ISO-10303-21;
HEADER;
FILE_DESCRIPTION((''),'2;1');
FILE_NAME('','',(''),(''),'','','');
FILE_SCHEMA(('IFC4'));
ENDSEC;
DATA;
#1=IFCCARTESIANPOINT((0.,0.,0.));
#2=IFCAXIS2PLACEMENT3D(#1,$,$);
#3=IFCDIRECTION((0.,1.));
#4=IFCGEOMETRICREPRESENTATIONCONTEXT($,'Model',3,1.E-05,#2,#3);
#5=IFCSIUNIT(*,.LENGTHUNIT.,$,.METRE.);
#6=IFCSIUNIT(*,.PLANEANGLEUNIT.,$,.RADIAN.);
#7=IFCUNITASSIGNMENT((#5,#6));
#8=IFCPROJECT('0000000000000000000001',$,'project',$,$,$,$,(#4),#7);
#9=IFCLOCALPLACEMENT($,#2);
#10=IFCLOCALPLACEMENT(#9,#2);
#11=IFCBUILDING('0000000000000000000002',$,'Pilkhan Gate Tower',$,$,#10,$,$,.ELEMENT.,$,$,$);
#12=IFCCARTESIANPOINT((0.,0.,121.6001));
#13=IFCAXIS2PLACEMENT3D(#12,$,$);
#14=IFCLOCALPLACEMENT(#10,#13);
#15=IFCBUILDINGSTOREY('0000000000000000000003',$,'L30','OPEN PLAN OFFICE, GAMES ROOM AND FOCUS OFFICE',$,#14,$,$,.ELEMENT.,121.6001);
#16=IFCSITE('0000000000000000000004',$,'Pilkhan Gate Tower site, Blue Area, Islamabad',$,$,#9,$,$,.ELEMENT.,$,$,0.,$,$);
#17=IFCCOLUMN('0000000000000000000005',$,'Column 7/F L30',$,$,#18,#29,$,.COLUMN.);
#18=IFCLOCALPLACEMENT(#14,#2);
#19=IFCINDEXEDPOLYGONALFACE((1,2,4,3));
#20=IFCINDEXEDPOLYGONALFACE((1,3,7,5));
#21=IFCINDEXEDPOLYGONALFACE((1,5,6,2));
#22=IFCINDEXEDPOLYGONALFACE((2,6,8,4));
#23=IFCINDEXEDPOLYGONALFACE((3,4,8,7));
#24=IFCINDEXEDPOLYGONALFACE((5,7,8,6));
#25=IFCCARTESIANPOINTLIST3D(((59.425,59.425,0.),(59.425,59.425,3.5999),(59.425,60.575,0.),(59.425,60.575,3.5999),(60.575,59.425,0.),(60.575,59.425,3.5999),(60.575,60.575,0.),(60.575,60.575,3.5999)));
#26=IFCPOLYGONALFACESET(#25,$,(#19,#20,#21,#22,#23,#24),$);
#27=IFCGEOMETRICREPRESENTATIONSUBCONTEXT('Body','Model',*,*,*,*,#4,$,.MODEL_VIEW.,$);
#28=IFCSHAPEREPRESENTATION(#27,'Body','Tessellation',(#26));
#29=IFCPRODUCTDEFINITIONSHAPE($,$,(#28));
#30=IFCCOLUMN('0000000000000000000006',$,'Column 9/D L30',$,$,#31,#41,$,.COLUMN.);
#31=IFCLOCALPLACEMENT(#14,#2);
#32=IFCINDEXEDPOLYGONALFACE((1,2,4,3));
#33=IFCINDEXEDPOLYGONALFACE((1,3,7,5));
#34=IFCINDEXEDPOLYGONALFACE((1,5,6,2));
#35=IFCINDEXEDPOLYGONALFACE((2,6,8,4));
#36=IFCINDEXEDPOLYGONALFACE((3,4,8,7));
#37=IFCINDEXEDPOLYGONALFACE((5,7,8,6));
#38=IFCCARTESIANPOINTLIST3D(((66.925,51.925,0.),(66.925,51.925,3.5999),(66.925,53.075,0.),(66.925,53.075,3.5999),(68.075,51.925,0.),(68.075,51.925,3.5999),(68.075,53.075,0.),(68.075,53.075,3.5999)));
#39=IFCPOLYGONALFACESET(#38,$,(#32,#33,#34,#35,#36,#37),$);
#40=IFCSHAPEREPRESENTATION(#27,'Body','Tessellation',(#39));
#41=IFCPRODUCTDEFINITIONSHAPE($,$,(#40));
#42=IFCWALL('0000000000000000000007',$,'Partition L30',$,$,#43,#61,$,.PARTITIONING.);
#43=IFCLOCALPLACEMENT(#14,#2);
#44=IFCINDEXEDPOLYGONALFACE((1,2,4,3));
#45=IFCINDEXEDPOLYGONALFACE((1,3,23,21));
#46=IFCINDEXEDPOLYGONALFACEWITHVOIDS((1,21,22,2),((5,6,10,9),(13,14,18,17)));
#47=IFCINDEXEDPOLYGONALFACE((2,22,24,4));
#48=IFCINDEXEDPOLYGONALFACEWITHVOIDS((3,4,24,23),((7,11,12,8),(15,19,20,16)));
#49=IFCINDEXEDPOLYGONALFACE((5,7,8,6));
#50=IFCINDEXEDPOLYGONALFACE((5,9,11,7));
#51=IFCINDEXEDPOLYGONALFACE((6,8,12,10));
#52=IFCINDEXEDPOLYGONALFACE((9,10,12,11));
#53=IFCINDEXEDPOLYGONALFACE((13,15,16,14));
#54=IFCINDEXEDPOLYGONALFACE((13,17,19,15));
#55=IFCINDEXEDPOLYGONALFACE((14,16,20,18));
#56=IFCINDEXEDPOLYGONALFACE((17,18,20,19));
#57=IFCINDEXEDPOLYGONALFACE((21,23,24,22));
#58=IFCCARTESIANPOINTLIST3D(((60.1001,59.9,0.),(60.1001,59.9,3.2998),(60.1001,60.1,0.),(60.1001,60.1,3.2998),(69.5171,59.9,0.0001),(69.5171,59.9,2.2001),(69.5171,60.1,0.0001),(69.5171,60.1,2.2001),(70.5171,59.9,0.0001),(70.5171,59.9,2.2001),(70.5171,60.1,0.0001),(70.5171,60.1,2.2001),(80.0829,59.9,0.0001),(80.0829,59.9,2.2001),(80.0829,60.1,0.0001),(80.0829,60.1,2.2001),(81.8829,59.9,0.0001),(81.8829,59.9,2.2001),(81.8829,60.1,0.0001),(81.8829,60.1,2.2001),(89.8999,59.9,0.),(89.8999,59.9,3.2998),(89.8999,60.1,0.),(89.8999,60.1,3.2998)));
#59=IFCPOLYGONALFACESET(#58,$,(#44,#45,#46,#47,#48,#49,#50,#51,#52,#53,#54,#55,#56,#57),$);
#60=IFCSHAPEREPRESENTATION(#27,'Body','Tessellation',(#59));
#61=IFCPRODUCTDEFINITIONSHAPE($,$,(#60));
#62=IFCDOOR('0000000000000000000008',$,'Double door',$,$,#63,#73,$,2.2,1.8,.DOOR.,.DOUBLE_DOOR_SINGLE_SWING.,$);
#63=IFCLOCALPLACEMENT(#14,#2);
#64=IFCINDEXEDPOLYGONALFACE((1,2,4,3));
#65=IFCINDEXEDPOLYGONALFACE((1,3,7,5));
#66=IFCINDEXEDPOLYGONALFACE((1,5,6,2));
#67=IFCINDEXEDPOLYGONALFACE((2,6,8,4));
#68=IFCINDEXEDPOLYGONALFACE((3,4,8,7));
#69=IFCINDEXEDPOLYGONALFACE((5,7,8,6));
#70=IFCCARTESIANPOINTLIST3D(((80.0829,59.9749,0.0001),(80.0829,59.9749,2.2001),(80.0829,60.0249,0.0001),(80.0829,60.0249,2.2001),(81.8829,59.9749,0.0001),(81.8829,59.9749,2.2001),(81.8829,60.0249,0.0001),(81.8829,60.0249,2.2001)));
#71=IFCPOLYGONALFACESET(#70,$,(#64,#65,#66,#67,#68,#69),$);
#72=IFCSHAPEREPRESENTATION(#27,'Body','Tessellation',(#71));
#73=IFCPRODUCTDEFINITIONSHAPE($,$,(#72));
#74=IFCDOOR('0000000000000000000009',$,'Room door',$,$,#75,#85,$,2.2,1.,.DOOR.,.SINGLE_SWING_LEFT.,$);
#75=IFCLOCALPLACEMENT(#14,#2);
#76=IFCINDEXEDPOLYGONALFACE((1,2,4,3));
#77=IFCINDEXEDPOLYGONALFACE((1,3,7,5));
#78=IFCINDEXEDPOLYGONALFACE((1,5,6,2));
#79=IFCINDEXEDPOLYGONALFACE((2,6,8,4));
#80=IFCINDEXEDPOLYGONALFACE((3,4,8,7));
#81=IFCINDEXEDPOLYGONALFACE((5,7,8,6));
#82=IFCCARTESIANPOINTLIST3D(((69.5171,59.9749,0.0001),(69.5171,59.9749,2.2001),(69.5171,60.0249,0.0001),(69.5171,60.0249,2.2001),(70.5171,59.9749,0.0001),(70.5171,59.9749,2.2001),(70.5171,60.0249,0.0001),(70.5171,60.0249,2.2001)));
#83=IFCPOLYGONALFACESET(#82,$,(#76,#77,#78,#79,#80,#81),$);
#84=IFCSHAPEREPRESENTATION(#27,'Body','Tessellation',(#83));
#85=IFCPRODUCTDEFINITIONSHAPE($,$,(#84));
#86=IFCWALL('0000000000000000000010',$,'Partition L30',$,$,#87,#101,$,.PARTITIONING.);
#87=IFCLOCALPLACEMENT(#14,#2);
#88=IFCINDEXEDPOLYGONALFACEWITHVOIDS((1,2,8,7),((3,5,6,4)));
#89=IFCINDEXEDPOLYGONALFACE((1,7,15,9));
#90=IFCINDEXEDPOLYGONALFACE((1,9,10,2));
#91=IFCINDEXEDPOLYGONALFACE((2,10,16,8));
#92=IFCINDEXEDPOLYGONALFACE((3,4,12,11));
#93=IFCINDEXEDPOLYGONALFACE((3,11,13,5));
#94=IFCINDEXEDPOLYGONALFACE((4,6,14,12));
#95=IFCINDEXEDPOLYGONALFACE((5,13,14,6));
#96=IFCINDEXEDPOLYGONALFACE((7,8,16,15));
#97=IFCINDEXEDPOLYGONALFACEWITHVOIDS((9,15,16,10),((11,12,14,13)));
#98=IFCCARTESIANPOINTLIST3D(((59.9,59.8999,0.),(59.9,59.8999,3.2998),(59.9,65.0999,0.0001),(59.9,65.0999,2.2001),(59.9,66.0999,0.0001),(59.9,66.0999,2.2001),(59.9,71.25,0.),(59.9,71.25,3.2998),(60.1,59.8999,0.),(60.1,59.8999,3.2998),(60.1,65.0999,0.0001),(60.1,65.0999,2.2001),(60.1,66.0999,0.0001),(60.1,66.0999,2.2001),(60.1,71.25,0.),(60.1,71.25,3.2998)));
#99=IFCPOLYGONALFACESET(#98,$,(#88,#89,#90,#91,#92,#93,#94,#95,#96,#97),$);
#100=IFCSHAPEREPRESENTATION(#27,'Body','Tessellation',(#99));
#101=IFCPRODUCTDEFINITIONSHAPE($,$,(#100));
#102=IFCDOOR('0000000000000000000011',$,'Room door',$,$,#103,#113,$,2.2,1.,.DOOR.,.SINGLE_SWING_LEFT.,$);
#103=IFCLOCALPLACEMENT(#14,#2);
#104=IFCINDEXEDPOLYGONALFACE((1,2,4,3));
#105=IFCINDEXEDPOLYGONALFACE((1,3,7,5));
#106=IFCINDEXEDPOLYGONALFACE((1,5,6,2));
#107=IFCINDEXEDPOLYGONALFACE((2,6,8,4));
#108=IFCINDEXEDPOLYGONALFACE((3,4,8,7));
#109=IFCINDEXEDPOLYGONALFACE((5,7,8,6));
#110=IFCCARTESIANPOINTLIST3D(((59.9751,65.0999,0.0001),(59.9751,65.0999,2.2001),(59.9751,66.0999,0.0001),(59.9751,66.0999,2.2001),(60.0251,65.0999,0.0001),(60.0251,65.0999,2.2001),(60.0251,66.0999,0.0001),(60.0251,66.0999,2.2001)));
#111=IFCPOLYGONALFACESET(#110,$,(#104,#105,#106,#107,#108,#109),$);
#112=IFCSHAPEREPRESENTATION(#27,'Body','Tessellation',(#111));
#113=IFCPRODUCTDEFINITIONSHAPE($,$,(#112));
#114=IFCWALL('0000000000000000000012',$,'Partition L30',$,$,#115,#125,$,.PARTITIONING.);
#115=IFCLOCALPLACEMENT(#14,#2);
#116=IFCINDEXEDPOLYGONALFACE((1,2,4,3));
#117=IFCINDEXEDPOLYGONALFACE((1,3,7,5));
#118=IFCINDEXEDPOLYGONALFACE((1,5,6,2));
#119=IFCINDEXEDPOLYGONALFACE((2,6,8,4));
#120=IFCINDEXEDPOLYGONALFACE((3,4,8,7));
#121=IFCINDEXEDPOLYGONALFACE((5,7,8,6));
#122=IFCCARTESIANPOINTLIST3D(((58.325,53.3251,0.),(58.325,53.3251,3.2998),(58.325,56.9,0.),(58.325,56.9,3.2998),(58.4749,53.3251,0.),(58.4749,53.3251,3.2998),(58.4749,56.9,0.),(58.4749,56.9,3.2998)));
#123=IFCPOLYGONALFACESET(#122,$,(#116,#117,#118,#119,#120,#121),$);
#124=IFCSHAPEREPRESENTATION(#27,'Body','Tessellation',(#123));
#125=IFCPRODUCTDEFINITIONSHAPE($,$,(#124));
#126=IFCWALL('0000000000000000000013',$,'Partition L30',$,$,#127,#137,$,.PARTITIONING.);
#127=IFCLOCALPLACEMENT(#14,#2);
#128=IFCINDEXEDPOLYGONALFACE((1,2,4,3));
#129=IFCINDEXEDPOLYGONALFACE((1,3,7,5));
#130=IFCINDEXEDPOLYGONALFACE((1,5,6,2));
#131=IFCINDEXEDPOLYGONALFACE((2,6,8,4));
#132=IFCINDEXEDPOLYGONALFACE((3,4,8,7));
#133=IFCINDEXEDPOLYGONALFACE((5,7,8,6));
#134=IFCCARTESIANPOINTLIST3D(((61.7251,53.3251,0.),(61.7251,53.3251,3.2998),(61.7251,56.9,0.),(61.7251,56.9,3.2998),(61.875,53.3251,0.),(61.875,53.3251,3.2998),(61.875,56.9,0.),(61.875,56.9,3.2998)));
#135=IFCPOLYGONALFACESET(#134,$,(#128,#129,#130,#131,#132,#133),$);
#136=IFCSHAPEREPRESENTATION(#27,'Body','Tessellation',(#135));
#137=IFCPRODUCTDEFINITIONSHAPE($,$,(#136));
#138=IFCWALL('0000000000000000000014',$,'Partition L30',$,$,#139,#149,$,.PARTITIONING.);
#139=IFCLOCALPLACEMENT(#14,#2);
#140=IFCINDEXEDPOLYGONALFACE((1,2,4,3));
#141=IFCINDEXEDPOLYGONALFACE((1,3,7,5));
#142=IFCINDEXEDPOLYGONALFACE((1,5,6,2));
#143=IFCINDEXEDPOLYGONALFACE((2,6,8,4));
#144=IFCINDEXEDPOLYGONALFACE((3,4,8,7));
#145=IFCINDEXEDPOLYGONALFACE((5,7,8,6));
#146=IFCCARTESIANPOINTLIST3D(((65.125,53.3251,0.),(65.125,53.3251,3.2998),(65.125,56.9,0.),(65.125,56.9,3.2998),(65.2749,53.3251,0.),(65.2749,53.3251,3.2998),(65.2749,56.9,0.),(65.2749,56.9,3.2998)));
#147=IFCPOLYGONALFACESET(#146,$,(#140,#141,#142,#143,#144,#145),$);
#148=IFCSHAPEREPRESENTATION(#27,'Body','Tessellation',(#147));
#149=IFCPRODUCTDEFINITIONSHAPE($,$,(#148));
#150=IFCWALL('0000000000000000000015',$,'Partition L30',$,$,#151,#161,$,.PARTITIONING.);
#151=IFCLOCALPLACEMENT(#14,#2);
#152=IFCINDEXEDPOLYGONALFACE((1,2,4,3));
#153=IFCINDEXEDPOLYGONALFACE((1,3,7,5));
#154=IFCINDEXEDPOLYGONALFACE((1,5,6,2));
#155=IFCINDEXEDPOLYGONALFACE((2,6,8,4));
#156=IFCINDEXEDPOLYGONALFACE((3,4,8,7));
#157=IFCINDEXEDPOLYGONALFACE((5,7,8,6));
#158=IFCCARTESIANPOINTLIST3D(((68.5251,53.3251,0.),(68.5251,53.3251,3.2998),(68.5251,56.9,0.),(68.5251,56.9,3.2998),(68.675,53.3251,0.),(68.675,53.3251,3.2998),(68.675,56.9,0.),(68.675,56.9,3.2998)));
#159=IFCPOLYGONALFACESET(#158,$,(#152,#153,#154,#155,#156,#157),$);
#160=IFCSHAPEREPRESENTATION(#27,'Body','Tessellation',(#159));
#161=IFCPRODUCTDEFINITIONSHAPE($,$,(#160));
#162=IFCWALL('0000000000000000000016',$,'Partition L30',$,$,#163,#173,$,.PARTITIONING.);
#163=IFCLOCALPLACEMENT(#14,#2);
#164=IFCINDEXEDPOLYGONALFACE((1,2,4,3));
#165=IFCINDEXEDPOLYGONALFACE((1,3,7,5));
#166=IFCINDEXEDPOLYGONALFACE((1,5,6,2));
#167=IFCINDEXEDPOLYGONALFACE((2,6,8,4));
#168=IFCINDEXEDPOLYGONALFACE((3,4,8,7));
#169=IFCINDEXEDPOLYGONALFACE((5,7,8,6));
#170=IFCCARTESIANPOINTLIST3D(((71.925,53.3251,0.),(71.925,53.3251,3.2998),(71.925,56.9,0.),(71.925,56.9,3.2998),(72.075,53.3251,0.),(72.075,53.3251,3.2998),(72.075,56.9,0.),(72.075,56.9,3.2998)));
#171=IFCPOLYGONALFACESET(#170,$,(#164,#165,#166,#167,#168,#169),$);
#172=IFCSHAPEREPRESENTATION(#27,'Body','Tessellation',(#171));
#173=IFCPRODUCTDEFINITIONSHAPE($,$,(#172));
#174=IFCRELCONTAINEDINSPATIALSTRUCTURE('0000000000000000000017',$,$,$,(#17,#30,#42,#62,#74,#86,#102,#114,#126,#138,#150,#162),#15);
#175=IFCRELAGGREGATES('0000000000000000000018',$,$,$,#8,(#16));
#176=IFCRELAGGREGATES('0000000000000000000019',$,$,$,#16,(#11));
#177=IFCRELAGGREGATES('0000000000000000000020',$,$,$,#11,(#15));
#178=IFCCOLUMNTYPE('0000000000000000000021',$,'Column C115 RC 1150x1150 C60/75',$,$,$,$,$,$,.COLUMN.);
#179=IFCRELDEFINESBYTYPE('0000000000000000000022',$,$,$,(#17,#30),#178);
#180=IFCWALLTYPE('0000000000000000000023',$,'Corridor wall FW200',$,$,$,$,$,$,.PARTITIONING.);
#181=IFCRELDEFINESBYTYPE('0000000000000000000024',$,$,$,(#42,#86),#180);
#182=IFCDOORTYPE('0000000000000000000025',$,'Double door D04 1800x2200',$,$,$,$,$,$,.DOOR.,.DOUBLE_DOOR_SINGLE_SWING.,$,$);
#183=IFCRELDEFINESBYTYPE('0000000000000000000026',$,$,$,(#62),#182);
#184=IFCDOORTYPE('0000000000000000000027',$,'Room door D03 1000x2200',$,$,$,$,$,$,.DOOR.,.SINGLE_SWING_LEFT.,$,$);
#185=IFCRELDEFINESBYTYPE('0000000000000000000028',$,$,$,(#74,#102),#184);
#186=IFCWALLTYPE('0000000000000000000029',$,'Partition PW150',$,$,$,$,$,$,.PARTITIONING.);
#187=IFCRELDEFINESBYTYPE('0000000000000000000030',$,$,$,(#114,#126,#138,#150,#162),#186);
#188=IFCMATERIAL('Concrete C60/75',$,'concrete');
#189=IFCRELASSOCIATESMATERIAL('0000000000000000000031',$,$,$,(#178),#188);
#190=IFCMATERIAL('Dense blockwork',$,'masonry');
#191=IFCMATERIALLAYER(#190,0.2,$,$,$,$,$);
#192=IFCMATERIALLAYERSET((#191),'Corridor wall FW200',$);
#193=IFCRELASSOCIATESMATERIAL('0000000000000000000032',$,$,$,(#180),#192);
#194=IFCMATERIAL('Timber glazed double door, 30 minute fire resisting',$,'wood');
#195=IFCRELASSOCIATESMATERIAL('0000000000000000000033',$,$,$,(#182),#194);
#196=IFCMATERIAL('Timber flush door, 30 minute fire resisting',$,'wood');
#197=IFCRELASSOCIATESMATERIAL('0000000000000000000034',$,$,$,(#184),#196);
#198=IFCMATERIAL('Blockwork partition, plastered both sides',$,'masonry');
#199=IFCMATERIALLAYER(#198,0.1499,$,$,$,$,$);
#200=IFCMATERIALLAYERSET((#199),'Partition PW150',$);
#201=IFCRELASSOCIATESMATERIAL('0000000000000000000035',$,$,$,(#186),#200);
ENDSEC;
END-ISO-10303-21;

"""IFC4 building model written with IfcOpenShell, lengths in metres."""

from ifc_helpers import new_model, si_unit, direction, frame, frame_2d, origin, origin_2d, place, context, subcontext, project, spatial, rectangle, extrude, material, layer, layer_set, material_profile, profile_set, type_object, element, fill, save


model = new_model("IFC4")

# Units and contexts
model_context = context("Model", 3, precision=1e-05, world=origin(), true_north=direction((0.0, 1.0)))
body_context = subcontext(model_context, "Body", "Model", "MODEL_VIEW")
ifc_project = project(units=[si_unit("LENGTHUNIT", "METRE"), si_unit("PLANEANGLEUNIT", "RADIAN")], contexts=[model_context])

# Site, building, storey
site_placement = place(None, origin())
site = spatial("IfcSite", under=ifc_project, at=site_placement, Name="Pilkhan Gate Tower site, Blue Area, Islamabad", CompositionType="ELEMENT", RefElevation=0.0)
building_placement = place(site_placement, origin())
building = spatial("IfcBuilding", under=site, at=building_placement, Name="Pilkhan Gate Tower", CompositionType="ELEMENT")
storey_placement = place(building_placement, frame((0.0, 0.0, 121.6001)))
storey = spatial("IfcBuildingStorey", under=building, at=storey_placement, Name="L30", Description="OPEN PLAN OFFICE, GAMES ROOM AND FOCUS OFFICE", CompositionType="ELEMENT", Elevation=121.6001)

# Columns
ifc_material_1 = material(Name="Concrete C60/75", Category="concrete")
ifc_material_profile = material_profile(ifc_material_1, rectangle(XDim=1.1499, YDim=1.1499, at=origin_2d()), Name="RC 1150x1150")
ifc_profile_set = profile_set([ifc_material_profile], Name="Concrete C60/75")
column_type = type_object("IfcColumnType", Name="Column C115 RC 1150x1150 C60/75", PredefinedType="COLUMN", material=ifc_profile_set)
for number, where, z_axis, x_axis, name in (
    (1, (60.0, 60.0, 0.0), (0.0, 0.0, 1.0), (1.0, 0.0, 0.0), "Column 7/F L30"),
    (2, (67.5, 52.5, 0.0), (0.0, 0.0, 1.0), (1.0, 0.0, 0.0), "Column 9/D L30"),
):
    element("IfcColumn", number, at=place(storey_placement, frame(where, z_axis=z_axis, x_axis=x_axis)), inside=storey, type_object=column_type, Name=name, PredefinedType="COLUMN", context=body_context, shape_type="SweptSolid", body=[
        extrude(rectangle(XDim=1.1499, YDim=1.1499, at=origin_2d()), origin(), (0.0, 0.0, 1.0), 3.5999),
    ])

# Wall, openings, doors
ifc_material_2 = material(Name="Dense blockwork", Category="masonry")
ifc_layer_1 = layer(ifc_material_2, 0.2)
ifc_layer_set_1 = layer_set([ifc_layer_1], Name="Corridor wall FW200")
wall_type_1 = type_object("IfcWallType", Name="Corridor wall FW200", PredefinedType="PARTITIONING", material=ifc_layer_set_1)
wall_1_placement = place(storey_placement, frame((60.1001, 60.0, 0.0), z_axis=(0.0, 0.0, 1.0), x_axis=(1.0, 0.0, 0.0)))
wall_1 = element("IfcWall", 3, at=wall_1_placement, inside=storey, type_object=wall_type_1, Name="Partition L30", PredefinedType="PARTITIONING", context=body_context, shape_type="SweptSolid", body=[
    extrude(rectangle(XDim=29.7998, YDim=0.2, at=frame_2d((14.8999, 0.0))), origin(), (0.0, 0.0, 1.0), 3.2998),
])
opening_1_placement = place(wall_1_placement, frame((9.417, 0.0, 0.0)))
opening_1 = element("IfcOpeningElement", 4, at=opening_1_placement, cuts=wall_1, PredefinedType="OPENING", context=body_context, shape_type="SweptSolid", body=[
    extrude(rectangle(XDim=1.0, YDim=2.2, at=frame_2d((0.5, 1.1001))), frame((0.0, 0.1099, 0.0), z_axis=(0.0, -1.0, 0.0), x_axis=(1.0, 0.0, 0.0)), (0.0, 0.0, 1.0), 0.22),
])
opening_2_placement = place(wall_1_placement, frame((19.9829, 0.0, 0.0)))
opening_2 = element("IfcOpeningElement", 5, at=opening_2_placement, cuts=wall_1, PredefinedType="OPENING", context=body_context, shape_type="SweptSolid", body=[
    extrude(rectangle(XDim=1.8, YDim=2.2, at=frame_2d((0.8999, 1.1001))), frame((0.0, 0.1099, 0.0), z_axis=(0.0, -1.0, 0.0), x_axis=(1.0, 0.0, 0.0)), (0.0, 0.0, 1.0), 0.22),
])
ifc_material_3 = material(Name="Timber glazed double door, 30 minute fire resisting", Category="wood")
door_type_1 = type_object("IfcDoorType", Name="Double door D04 1800x2200", OperationType="DOUBLE_DOOR_SINGLE_SWING", PredefinedType="DOOR", material=ifc_material_3)
door_1_placement = place(opening_2_placement, origin())
door_1 = element("IfcDoor", 6, at=door_1_placement, inside=storey, type_object=door_type_1, Name="Double door", OperationType="DOUBLE_DOOR_SINGLE_SWING", OverallHeight=2.2, OverallWidth=1.8, PredefinedType="DOOR", context=body_context, shape_type="SweptSolid", body=[
    extrude(rectangle(XDim=1.8, YDim=2.2, at=frame_2d((0.8999, 1.1001))), frame((0.0, 0.0249, 0.0), z_axis=(0.0, -1.0, 0.0), x_axis=(1.0, 0.0, 0.0)), (0.0, 0.0, 1.0), 0.05),
])
fill(opening_2, door_1)
ifc_material_4 = material(Name="Timber flush door, 30 minute fire resisting", Category="wood")
door_type_2 = type_object("IfcDoorType", Name="Room door D03 1000x2200", OperationType="SINGLE_SWING_LEFT", PredefinedType="DOOR", material=ifc_material_4)
door_2_placement = place(opening_1_placement, origin())
door_2 = element("IfcDoor", 7, at=door_2_placement, inside=storey, type_object=door_type_2, Name="Room door", OperationType="SINGLE_SWING_LEFT", OverallHeight=2.2, OverallWidth=1.0, PredefinedType="DOOR", context=body_context, shape_type="SweptSolid", body=[
    extrude(rectangle(XDim=1.0, YDim=2.2, at=frame_2d((0.5, 1.1001))), frame((0.0, 0.0249, 0.0), z_axis=(0.0, -1.0, 0.0), x_axis=(1.0, 0.0, 0.0)), (0.0, 0.0, 1.0), 0.05),
])
fill(opening_1, door_2)

# Wall, opening, door
wall_2_placement = place(storey_placement, frame((60.0, 59.8999, 0.0), z_axis=(0.0, 0.0, 1.0), x_axis=(0.0, 1.0, 0.0)))
wall_2 = element("IfcWall", 8, at=wall_2_placement, inside=storey, type_object=wall_type_1, Name="Partition L30", PredefinedType="PARTITIONING", context=body_context, shape_type="SweptSolid", body=[
    extrude(rectangle(XDim=11.3501, YDim=0.2, at=frame_2d((5.675, 0.0))), origin(), (0.0, 0.0, 1.0), 3.2998),
])
opening_3_placement = place(wall_2_placement, frame((5.2, 0.0, 0.0)))
opening_3 = element("IfcOpeningElement", 9, at=opening_3_placement, cuts=wall_2, PredefinedType="OPENING", context=body_context, shape_type="SweptSolid", body=[
    extrude(rectangle(XDim=1.0, YDim=2.2, at=frame_2d((0.5, 1.1001))), frame((0.0, 0.1099, 0.0), z_axis=(0.0, -1.0, 0.0), x_axis=(1.0, 0.0, 0.0)), (0.0, 0.0, 1.0), 0.22),
])
door_3_placement = place(opening_3_placement, origin())
door_3 = element("IfcDoor", 10, at=door_3_placement, inside=storey, type_object=door_type_2, Name="Room door", OperationType="SINGLE_SWING_LEFT", OverallHeight=2.2, OverallWidth=1.0, PredefinedType="DOOR", context=body_context, shape_type="SweptSolid", body=[
    extrude(rectangle(XDim=1.0, YDim=2.2, at=frame_2d((0.5, 1.1001))), frame((0.0, 0.0249, 0.0), z_axis=(0.0, -1.0, 0.0), x_axis=(1.0, 0.0, 0.0)), (0.0, 0.0, 1.0), 0.05),
])
fill(opening_3, door_3)

# Walls
ifc_material_5 = material(Name="Blockwork partition, plastered both sides", Category="masonry")
ifc_layer_2 = layer(ifc_material_5, 0.1499)
ifc_layer_set_2 = layer_set([ifc_layer_2], Name="Partition PW150")
wall_type_2 = type_object("IfcWallType", Name="Partition PW150", PredefinedType="PARTITIONING", material=ifc_layer_set_2)
for number, where, z_axis, x_axis, name in (
    (11, (58.3999, 53.325, 0.0), (0.0, 0.0, 1.0), (0.0, 1.0, 0.0), "Partition L30"),
    (12, (61.8, 53.325, 0.0), (0.0, 0.0, 1.0), (0.0, 1.0, 0.0), "Partition L30"),
    (13, (65.2, 53.325, 0.0), (0.0, 0.0, 1.0), (0.0, 1.0, 0.0), "Partition L30"),
    (14, (68.6001, 53.325, 0.0), (0.0, 0.0, 1.0), (0.0, 1.0, 0.0), "Partition L30"),
    (15, (72.0, 53.325, 0.0), (0.0, 0.0, 1.0), (0.0, 1.0, 0.0), "Partition L30"),
):
    element("IfcWall", number, at=place(storey_placement, frame(where, z_axis=z_axis, x_axis=x_axis)), inside=storey, type_object=wall_type_2, Name=name, PredefinedType="PARTITIONING", context=body_context, shape_type="SweptSolid", body=[
        extrude(rectangle(XDim=3.575, YDim=0.1499, at=frame_2d((1.7876, 0.0))), origin(), (0.0, 0.0, 1.0), 3.2998),
    ])

save(model, "model.ifc")
